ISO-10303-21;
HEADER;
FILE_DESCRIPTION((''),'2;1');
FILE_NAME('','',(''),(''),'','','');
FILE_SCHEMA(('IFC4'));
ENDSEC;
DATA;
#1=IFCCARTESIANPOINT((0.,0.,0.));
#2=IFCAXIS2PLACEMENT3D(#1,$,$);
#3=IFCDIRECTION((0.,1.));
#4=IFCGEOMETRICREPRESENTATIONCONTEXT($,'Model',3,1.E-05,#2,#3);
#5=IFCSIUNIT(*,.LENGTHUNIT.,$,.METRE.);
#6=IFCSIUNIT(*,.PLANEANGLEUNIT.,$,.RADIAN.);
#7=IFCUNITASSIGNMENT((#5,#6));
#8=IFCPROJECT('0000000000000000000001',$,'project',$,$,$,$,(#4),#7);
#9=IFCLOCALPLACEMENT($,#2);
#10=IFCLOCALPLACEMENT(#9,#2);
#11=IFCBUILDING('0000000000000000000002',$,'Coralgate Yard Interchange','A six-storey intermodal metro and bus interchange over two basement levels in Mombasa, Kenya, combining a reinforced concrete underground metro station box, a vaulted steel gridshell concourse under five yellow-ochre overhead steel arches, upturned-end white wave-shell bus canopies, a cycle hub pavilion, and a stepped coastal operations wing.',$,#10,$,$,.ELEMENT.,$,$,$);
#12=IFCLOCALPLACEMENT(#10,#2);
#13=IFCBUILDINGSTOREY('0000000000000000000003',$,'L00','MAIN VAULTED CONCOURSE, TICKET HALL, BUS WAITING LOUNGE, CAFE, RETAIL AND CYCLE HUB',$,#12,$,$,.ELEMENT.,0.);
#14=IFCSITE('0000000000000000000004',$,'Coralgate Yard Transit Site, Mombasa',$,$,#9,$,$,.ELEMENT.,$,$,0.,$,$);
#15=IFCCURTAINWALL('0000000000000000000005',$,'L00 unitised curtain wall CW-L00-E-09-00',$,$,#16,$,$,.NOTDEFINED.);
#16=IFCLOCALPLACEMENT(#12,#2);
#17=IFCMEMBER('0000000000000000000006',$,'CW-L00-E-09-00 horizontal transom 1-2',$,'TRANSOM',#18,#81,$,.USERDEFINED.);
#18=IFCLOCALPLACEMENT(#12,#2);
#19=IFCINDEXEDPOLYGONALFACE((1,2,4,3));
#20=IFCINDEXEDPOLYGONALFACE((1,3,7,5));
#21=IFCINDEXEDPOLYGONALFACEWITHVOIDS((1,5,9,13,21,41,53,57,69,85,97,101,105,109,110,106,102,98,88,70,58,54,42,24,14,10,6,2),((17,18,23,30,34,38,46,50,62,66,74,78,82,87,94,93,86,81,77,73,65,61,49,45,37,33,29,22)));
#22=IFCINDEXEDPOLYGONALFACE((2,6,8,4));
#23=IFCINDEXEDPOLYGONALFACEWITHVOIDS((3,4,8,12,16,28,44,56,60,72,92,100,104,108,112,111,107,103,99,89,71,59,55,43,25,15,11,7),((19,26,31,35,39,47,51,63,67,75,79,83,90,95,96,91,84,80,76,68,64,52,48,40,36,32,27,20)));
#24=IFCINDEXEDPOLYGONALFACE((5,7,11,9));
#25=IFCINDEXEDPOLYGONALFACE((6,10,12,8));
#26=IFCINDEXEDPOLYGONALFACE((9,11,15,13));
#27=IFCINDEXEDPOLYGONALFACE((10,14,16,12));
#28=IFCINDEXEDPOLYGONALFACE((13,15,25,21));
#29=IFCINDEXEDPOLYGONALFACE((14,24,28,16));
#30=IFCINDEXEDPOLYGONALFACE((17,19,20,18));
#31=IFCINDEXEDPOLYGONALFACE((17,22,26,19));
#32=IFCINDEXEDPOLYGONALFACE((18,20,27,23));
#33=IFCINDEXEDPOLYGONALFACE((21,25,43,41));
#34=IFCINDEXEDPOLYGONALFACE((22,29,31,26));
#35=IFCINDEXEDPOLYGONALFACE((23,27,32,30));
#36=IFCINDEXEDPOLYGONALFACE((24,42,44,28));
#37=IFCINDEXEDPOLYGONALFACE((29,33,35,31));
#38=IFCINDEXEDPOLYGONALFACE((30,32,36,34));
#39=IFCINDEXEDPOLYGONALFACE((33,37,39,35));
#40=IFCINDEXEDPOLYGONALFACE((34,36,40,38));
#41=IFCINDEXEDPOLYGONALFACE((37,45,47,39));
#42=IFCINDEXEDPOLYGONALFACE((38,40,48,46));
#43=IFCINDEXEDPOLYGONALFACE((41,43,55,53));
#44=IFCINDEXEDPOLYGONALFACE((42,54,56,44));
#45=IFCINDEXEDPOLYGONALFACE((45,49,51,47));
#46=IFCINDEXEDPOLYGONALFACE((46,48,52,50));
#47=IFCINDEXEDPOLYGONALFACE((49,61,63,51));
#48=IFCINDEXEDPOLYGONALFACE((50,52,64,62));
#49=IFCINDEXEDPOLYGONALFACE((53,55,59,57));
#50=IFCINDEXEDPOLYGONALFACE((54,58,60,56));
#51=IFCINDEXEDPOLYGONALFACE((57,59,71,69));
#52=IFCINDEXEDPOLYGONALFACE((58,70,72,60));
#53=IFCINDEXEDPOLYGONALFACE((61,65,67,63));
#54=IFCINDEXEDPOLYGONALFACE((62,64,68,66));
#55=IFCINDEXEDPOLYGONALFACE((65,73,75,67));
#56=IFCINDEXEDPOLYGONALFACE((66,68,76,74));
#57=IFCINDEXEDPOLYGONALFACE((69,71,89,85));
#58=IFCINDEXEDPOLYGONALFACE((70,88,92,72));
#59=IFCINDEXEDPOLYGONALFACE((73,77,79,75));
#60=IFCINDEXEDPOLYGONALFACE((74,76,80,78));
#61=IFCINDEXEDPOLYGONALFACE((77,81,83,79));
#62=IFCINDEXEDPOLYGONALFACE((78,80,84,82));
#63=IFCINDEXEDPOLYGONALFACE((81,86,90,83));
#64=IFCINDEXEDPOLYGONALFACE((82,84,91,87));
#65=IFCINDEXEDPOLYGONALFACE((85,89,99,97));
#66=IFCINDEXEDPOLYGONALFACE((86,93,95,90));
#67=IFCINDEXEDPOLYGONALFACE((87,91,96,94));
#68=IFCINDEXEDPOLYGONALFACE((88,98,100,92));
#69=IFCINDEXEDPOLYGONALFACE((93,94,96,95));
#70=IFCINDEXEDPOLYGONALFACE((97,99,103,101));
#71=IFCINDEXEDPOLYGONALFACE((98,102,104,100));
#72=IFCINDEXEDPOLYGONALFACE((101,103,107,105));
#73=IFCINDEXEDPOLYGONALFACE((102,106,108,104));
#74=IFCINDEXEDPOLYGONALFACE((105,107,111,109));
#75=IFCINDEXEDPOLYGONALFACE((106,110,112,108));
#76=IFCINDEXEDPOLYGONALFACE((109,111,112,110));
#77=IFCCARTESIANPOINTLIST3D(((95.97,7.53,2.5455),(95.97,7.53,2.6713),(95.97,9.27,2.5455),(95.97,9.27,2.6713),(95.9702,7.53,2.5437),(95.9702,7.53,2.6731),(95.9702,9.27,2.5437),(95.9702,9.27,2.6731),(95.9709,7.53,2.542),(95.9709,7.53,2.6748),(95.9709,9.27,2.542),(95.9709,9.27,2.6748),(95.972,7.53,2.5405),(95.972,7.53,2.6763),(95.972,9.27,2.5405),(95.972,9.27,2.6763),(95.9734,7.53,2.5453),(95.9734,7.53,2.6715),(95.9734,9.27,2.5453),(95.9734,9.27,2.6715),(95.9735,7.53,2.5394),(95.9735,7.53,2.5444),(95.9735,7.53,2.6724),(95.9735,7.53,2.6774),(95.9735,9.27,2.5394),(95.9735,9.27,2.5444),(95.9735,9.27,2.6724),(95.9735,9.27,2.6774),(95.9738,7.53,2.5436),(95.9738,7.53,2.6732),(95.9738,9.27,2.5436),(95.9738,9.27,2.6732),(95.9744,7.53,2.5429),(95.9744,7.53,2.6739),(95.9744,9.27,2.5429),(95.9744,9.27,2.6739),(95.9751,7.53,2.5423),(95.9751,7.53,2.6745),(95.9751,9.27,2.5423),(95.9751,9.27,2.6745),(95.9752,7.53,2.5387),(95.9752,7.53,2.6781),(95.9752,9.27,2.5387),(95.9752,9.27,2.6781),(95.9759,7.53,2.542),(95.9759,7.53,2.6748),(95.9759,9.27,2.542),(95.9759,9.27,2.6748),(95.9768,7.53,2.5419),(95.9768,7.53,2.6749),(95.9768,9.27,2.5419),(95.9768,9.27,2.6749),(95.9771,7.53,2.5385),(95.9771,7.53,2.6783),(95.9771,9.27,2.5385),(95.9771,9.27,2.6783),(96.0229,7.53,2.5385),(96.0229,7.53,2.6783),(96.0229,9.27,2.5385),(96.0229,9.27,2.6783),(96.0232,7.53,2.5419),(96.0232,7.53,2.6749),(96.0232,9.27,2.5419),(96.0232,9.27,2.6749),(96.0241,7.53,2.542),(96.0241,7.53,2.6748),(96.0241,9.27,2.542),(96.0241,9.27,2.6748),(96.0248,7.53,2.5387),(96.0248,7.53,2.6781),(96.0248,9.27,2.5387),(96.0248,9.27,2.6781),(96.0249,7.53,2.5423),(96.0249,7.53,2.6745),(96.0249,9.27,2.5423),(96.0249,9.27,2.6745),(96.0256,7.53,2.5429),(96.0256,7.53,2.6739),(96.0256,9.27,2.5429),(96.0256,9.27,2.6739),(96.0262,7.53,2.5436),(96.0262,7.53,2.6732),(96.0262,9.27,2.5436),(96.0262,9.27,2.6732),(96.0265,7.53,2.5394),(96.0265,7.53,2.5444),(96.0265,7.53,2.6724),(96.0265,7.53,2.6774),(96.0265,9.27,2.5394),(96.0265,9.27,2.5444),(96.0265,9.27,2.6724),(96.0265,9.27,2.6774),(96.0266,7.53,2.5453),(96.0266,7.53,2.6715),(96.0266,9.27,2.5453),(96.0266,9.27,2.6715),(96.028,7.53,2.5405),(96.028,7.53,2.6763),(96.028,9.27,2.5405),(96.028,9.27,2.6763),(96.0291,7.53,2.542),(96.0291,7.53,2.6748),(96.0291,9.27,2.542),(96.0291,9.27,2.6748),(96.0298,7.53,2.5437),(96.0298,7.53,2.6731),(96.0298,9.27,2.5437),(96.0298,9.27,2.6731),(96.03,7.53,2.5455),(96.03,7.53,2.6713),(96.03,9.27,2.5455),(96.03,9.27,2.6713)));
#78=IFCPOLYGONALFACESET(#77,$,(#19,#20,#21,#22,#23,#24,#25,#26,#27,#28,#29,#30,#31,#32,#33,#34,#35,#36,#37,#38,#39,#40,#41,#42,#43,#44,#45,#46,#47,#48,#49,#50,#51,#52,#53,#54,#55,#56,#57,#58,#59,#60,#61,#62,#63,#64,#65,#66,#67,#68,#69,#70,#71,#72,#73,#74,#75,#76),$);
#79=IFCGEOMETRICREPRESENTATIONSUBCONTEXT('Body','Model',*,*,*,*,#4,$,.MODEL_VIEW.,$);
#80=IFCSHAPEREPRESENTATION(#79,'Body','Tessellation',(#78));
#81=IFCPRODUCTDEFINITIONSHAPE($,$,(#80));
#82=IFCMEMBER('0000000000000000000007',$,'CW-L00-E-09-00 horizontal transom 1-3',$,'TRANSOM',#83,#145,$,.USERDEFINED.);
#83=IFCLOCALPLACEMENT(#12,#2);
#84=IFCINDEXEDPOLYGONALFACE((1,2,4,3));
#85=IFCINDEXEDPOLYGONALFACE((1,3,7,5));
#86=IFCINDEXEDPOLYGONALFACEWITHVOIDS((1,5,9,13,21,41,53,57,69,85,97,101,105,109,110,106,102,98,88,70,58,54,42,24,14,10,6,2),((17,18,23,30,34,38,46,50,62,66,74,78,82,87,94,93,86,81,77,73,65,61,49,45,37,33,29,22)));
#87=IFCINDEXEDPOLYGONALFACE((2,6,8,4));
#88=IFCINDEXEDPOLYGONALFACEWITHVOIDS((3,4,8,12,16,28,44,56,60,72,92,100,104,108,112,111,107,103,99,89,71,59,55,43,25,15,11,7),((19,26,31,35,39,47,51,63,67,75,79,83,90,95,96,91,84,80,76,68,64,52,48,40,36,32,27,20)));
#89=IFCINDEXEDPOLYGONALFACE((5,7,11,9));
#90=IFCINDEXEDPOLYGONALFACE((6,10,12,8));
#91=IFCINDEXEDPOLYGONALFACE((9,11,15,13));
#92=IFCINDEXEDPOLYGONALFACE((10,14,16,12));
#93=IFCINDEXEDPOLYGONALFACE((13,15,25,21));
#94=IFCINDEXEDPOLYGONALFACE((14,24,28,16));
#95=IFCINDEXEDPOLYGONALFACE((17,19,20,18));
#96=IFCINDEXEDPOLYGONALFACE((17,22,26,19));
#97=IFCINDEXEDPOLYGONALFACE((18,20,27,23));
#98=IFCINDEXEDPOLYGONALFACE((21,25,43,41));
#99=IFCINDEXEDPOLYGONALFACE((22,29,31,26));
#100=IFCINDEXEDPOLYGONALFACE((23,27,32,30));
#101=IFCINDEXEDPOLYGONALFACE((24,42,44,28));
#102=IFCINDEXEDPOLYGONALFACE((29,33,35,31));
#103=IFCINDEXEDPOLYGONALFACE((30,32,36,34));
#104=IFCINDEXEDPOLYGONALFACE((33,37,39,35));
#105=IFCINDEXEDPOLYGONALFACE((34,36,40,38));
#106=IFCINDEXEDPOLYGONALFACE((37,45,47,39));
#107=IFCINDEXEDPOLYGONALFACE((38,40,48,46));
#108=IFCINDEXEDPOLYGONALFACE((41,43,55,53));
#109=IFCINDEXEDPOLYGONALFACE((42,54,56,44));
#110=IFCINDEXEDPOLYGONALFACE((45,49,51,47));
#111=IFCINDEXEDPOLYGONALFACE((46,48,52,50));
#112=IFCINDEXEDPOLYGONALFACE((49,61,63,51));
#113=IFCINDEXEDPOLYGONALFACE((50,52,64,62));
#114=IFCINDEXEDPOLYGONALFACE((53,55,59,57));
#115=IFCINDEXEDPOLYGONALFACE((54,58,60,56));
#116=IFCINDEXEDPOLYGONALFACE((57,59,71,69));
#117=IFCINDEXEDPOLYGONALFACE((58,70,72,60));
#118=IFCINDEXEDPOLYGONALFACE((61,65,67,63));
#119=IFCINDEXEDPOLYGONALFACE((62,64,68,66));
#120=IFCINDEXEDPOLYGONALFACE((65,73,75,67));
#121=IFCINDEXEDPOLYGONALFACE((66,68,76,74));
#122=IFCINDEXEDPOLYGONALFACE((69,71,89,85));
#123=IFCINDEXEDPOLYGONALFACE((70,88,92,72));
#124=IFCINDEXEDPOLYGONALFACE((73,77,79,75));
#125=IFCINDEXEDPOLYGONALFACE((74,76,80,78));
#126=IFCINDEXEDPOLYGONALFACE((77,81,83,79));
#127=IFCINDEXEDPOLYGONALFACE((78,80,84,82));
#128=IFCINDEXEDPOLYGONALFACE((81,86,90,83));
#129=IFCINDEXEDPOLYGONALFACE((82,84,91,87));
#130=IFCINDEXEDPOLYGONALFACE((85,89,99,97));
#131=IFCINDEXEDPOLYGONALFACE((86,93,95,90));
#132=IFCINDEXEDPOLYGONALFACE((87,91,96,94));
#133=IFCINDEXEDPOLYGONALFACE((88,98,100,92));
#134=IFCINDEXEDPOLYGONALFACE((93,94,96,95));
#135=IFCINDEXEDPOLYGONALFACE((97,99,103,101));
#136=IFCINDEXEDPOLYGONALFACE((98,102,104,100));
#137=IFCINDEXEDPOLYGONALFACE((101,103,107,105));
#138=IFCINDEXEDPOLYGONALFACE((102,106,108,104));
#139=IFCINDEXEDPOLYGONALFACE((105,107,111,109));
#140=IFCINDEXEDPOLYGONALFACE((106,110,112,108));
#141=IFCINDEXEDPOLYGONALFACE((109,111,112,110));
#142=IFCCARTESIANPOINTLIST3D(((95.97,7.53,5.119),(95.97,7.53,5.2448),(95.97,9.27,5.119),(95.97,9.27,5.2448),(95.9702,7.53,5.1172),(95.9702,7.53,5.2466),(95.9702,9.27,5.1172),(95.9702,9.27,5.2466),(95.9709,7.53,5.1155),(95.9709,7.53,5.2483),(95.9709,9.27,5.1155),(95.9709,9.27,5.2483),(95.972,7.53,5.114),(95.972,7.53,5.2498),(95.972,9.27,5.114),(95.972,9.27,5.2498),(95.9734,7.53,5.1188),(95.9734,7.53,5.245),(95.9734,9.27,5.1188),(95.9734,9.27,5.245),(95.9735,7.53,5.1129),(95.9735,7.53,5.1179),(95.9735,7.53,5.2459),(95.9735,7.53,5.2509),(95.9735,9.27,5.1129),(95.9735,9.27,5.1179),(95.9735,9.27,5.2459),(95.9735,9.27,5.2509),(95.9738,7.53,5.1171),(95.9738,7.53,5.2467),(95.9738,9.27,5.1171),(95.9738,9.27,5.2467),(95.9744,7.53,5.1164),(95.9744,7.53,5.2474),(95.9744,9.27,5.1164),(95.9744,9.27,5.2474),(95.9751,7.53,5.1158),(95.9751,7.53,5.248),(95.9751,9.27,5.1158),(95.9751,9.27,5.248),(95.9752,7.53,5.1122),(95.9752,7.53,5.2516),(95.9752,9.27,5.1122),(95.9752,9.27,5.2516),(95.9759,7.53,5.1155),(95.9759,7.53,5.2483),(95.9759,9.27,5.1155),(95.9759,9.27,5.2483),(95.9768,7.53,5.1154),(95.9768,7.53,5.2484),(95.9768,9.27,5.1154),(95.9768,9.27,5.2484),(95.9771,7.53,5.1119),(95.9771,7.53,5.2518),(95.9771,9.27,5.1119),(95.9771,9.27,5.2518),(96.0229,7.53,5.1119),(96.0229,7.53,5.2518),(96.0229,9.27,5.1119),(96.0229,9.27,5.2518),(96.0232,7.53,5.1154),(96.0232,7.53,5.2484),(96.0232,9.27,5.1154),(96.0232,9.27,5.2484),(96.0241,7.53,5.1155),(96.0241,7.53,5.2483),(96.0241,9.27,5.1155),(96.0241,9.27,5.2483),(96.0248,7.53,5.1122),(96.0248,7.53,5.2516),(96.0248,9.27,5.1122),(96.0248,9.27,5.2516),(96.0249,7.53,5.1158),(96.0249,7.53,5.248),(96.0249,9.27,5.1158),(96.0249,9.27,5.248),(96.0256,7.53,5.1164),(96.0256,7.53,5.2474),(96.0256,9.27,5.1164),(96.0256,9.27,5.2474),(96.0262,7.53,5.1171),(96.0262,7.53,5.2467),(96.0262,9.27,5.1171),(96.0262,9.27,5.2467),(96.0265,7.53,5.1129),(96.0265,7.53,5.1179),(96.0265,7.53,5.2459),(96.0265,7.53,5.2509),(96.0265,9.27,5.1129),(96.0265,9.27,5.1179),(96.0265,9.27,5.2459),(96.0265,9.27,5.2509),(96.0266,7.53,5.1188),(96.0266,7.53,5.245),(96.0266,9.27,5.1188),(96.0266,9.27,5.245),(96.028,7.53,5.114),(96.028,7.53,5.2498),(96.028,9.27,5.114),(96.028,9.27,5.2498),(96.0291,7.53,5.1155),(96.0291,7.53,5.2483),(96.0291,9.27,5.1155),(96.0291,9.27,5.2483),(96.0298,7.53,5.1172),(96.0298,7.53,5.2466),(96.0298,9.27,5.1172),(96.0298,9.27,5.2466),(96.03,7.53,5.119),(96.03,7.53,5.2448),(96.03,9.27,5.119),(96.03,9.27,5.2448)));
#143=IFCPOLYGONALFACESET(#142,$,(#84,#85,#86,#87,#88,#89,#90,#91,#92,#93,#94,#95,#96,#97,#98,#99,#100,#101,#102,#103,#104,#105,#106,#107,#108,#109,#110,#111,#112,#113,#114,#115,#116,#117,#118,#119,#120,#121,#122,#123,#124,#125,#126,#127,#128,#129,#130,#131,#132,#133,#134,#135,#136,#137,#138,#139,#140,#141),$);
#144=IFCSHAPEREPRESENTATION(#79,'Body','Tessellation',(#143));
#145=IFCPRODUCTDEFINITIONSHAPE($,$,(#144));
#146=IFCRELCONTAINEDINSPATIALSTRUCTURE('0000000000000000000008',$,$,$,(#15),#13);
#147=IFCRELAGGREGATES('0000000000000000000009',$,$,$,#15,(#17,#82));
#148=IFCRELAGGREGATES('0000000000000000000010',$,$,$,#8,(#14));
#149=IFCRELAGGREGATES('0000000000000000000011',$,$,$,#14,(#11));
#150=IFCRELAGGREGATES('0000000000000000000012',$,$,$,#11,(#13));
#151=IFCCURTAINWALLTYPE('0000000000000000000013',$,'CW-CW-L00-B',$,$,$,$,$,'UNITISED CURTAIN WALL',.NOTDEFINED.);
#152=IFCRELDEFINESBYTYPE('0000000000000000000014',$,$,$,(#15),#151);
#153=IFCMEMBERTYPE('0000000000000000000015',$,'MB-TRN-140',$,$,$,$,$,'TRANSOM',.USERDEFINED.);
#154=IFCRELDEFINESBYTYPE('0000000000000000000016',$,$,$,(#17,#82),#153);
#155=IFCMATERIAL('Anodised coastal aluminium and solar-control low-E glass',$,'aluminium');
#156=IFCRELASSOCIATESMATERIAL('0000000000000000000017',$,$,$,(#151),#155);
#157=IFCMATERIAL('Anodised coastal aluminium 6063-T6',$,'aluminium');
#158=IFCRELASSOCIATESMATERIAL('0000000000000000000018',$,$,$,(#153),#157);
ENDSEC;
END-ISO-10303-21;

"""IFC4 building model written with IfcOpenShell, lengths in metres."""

from ifc_helpers import new_model, si_unit, direction, frame, origin, origin_2d, place, context, subcontext, project, spatial, hollow_rectangle, extrude, material, material_profile, profile_set, type_object, element, aggregate, save


model = new_model("IFC4")

# Units and contexts
model_context = context("Model", 3, precision=1e-05, world=origin(), true_north=direction((0.0, 1.0)))
body_context = subcontext(model_context, "Body", "Model", "MODEL_VIEW")
ifc_project = project(units=[si_unit("LENGTHUNIT", "METRE"), si_unit("PLANEANGLEUNIT", "RADIAN")], contexts=[model_context])

# Site, building, storey
site_placement = place(None, origin())
site = spatial("IfcSite", under=ifc_project, at=site_placement, Name="Coralgate Yard Transit Site, Mombasa", CompositionType="ELEMENT", RefElevation=0.0)
building_placement = place(site_placement, origin())
building = spatial("IfcBuilding", under=site, at=building_placement, Name="Coralgate Yard Interchange", Description="A six-storey intermodal metro and bus interchange over two basement levels in Mombasa, Kenya, combining a reinforced concrete underground metro station box, a vaulted steel gridshell concourse under five yellow-ochre overhead steel arches, upturned-end white wave-shell bus canopies, a cycle hub pavilion, and a stepped coastal operations wing.", CompositionType="ELEMENT")
storey_placement = place(building_placement, origin())
storey = spatial("IfcBuildingStorey", under=building, at=storey_placement, Name="L00", Description="MAIN VAULTED CONCOURSE, TICKET HALL, BUS WAITING LOUNGE, CAFE, RETAIL AND CYCLE HUB", CompositionType="ELEMENT", Elevation=0.0)

# Curtain wall, members
ifc_material_1 = material(Name="Anodised coastal aluminium and solar-control low-E glass", Category="aluminium")
curtain_wall_type = type_object("IfcCurtainWallType", Name="CW-CW-L00-B", ElementType="UNITISED CURTAIN WALL", PredefinedType="NOTDEFINED", material=ifc_material_1)
curtain_wall_placement = place(storey_placement, origin())
curtain_wall = element("IfcCurtainWall", 1, at=curtain_wall_placement, inside=storey, type_object=curtain_wall_type, Name="L00 unitised curtain wall CW-L00-E-09-00", PredefinedType="NOTDEFINED")
ifc_material_2 = material(Name="Anodised coastal aluminium 6063-T6", Category="aluminium")
ifc_material_profile_1 = material_profile(ifc_material_2, hollow_rectangle(XDim=0.0601, YDim=0.1399, WallThickness=0.0034, InnerFilletRadius=0.0034, OuterFilletRadius=0.0071, at=origin_2d()), Name="ALU 60x140x3.5")
ifc_profile_set_1 = profile_set([ifc_material_profile_1], Name="Anodised coastal aluminium 6063-T6")
member_type_1 = type_object("IfcMemberType", Name="MB-TRN-140", ElementType="TRANSOM", PredefinedType="USERDEFINED", material=ifc_profile_set_1)
member_1_placement = place(storey_placement, frame((96.0, 9.27, 2.6084), z_axis=(0.0, -1.0, 0.0), x_axis=(1.0, 0.0, 0.0)))
member_1 = element("IfcMember", 2, at=member_1_placement, type_object=member_type_1, Name="CW-L00-E-09-00 horizontal transom 1-2", ObjectType="TRANSOM", PredefinedType="USERDEFINED", context=body_context, shape_type="SweptSolid", body=[
    extrude(hollow_rectangle(XDim=0.0601, YDim=0.1399, WallThickness=0.0034, InnerFilletRadius=0.0034, OuterFilletRadius=0.0071, at=origin_2d()), origin(), (0.0, 0.0, 1.0), 1.74),
])
member_2_placement = place(storey_placement, frame((96.0, 9.27, 5.1819), z_axis=(0.0, -1.0, 0.0), x_axis=(1.0, 0.0, 0.0)))
member_2 = element("IfcMember", 3, at=member_2_placement, type_object=member_type_1, Name="CW-L00-E-09-00 horizontal transom 1-3", ObjectType="TRANSOM", PredefinedType="USERDEFINED", context=body_context, shape_type="SweptSolid", body=[
    extrude(hollow_rectangle(XDim=0.0601, YDim=0.1399, WallThickness=0.0034, InnerFilletRadius=0.0034, OuterFilletRadius=0.0071, at=origin_2d()), origin(), (0.0, 0.0, 1.0), 1.74),
])
aggregate(curtain_wall, [member_1, member_2])

save(model, "model.ifc")
